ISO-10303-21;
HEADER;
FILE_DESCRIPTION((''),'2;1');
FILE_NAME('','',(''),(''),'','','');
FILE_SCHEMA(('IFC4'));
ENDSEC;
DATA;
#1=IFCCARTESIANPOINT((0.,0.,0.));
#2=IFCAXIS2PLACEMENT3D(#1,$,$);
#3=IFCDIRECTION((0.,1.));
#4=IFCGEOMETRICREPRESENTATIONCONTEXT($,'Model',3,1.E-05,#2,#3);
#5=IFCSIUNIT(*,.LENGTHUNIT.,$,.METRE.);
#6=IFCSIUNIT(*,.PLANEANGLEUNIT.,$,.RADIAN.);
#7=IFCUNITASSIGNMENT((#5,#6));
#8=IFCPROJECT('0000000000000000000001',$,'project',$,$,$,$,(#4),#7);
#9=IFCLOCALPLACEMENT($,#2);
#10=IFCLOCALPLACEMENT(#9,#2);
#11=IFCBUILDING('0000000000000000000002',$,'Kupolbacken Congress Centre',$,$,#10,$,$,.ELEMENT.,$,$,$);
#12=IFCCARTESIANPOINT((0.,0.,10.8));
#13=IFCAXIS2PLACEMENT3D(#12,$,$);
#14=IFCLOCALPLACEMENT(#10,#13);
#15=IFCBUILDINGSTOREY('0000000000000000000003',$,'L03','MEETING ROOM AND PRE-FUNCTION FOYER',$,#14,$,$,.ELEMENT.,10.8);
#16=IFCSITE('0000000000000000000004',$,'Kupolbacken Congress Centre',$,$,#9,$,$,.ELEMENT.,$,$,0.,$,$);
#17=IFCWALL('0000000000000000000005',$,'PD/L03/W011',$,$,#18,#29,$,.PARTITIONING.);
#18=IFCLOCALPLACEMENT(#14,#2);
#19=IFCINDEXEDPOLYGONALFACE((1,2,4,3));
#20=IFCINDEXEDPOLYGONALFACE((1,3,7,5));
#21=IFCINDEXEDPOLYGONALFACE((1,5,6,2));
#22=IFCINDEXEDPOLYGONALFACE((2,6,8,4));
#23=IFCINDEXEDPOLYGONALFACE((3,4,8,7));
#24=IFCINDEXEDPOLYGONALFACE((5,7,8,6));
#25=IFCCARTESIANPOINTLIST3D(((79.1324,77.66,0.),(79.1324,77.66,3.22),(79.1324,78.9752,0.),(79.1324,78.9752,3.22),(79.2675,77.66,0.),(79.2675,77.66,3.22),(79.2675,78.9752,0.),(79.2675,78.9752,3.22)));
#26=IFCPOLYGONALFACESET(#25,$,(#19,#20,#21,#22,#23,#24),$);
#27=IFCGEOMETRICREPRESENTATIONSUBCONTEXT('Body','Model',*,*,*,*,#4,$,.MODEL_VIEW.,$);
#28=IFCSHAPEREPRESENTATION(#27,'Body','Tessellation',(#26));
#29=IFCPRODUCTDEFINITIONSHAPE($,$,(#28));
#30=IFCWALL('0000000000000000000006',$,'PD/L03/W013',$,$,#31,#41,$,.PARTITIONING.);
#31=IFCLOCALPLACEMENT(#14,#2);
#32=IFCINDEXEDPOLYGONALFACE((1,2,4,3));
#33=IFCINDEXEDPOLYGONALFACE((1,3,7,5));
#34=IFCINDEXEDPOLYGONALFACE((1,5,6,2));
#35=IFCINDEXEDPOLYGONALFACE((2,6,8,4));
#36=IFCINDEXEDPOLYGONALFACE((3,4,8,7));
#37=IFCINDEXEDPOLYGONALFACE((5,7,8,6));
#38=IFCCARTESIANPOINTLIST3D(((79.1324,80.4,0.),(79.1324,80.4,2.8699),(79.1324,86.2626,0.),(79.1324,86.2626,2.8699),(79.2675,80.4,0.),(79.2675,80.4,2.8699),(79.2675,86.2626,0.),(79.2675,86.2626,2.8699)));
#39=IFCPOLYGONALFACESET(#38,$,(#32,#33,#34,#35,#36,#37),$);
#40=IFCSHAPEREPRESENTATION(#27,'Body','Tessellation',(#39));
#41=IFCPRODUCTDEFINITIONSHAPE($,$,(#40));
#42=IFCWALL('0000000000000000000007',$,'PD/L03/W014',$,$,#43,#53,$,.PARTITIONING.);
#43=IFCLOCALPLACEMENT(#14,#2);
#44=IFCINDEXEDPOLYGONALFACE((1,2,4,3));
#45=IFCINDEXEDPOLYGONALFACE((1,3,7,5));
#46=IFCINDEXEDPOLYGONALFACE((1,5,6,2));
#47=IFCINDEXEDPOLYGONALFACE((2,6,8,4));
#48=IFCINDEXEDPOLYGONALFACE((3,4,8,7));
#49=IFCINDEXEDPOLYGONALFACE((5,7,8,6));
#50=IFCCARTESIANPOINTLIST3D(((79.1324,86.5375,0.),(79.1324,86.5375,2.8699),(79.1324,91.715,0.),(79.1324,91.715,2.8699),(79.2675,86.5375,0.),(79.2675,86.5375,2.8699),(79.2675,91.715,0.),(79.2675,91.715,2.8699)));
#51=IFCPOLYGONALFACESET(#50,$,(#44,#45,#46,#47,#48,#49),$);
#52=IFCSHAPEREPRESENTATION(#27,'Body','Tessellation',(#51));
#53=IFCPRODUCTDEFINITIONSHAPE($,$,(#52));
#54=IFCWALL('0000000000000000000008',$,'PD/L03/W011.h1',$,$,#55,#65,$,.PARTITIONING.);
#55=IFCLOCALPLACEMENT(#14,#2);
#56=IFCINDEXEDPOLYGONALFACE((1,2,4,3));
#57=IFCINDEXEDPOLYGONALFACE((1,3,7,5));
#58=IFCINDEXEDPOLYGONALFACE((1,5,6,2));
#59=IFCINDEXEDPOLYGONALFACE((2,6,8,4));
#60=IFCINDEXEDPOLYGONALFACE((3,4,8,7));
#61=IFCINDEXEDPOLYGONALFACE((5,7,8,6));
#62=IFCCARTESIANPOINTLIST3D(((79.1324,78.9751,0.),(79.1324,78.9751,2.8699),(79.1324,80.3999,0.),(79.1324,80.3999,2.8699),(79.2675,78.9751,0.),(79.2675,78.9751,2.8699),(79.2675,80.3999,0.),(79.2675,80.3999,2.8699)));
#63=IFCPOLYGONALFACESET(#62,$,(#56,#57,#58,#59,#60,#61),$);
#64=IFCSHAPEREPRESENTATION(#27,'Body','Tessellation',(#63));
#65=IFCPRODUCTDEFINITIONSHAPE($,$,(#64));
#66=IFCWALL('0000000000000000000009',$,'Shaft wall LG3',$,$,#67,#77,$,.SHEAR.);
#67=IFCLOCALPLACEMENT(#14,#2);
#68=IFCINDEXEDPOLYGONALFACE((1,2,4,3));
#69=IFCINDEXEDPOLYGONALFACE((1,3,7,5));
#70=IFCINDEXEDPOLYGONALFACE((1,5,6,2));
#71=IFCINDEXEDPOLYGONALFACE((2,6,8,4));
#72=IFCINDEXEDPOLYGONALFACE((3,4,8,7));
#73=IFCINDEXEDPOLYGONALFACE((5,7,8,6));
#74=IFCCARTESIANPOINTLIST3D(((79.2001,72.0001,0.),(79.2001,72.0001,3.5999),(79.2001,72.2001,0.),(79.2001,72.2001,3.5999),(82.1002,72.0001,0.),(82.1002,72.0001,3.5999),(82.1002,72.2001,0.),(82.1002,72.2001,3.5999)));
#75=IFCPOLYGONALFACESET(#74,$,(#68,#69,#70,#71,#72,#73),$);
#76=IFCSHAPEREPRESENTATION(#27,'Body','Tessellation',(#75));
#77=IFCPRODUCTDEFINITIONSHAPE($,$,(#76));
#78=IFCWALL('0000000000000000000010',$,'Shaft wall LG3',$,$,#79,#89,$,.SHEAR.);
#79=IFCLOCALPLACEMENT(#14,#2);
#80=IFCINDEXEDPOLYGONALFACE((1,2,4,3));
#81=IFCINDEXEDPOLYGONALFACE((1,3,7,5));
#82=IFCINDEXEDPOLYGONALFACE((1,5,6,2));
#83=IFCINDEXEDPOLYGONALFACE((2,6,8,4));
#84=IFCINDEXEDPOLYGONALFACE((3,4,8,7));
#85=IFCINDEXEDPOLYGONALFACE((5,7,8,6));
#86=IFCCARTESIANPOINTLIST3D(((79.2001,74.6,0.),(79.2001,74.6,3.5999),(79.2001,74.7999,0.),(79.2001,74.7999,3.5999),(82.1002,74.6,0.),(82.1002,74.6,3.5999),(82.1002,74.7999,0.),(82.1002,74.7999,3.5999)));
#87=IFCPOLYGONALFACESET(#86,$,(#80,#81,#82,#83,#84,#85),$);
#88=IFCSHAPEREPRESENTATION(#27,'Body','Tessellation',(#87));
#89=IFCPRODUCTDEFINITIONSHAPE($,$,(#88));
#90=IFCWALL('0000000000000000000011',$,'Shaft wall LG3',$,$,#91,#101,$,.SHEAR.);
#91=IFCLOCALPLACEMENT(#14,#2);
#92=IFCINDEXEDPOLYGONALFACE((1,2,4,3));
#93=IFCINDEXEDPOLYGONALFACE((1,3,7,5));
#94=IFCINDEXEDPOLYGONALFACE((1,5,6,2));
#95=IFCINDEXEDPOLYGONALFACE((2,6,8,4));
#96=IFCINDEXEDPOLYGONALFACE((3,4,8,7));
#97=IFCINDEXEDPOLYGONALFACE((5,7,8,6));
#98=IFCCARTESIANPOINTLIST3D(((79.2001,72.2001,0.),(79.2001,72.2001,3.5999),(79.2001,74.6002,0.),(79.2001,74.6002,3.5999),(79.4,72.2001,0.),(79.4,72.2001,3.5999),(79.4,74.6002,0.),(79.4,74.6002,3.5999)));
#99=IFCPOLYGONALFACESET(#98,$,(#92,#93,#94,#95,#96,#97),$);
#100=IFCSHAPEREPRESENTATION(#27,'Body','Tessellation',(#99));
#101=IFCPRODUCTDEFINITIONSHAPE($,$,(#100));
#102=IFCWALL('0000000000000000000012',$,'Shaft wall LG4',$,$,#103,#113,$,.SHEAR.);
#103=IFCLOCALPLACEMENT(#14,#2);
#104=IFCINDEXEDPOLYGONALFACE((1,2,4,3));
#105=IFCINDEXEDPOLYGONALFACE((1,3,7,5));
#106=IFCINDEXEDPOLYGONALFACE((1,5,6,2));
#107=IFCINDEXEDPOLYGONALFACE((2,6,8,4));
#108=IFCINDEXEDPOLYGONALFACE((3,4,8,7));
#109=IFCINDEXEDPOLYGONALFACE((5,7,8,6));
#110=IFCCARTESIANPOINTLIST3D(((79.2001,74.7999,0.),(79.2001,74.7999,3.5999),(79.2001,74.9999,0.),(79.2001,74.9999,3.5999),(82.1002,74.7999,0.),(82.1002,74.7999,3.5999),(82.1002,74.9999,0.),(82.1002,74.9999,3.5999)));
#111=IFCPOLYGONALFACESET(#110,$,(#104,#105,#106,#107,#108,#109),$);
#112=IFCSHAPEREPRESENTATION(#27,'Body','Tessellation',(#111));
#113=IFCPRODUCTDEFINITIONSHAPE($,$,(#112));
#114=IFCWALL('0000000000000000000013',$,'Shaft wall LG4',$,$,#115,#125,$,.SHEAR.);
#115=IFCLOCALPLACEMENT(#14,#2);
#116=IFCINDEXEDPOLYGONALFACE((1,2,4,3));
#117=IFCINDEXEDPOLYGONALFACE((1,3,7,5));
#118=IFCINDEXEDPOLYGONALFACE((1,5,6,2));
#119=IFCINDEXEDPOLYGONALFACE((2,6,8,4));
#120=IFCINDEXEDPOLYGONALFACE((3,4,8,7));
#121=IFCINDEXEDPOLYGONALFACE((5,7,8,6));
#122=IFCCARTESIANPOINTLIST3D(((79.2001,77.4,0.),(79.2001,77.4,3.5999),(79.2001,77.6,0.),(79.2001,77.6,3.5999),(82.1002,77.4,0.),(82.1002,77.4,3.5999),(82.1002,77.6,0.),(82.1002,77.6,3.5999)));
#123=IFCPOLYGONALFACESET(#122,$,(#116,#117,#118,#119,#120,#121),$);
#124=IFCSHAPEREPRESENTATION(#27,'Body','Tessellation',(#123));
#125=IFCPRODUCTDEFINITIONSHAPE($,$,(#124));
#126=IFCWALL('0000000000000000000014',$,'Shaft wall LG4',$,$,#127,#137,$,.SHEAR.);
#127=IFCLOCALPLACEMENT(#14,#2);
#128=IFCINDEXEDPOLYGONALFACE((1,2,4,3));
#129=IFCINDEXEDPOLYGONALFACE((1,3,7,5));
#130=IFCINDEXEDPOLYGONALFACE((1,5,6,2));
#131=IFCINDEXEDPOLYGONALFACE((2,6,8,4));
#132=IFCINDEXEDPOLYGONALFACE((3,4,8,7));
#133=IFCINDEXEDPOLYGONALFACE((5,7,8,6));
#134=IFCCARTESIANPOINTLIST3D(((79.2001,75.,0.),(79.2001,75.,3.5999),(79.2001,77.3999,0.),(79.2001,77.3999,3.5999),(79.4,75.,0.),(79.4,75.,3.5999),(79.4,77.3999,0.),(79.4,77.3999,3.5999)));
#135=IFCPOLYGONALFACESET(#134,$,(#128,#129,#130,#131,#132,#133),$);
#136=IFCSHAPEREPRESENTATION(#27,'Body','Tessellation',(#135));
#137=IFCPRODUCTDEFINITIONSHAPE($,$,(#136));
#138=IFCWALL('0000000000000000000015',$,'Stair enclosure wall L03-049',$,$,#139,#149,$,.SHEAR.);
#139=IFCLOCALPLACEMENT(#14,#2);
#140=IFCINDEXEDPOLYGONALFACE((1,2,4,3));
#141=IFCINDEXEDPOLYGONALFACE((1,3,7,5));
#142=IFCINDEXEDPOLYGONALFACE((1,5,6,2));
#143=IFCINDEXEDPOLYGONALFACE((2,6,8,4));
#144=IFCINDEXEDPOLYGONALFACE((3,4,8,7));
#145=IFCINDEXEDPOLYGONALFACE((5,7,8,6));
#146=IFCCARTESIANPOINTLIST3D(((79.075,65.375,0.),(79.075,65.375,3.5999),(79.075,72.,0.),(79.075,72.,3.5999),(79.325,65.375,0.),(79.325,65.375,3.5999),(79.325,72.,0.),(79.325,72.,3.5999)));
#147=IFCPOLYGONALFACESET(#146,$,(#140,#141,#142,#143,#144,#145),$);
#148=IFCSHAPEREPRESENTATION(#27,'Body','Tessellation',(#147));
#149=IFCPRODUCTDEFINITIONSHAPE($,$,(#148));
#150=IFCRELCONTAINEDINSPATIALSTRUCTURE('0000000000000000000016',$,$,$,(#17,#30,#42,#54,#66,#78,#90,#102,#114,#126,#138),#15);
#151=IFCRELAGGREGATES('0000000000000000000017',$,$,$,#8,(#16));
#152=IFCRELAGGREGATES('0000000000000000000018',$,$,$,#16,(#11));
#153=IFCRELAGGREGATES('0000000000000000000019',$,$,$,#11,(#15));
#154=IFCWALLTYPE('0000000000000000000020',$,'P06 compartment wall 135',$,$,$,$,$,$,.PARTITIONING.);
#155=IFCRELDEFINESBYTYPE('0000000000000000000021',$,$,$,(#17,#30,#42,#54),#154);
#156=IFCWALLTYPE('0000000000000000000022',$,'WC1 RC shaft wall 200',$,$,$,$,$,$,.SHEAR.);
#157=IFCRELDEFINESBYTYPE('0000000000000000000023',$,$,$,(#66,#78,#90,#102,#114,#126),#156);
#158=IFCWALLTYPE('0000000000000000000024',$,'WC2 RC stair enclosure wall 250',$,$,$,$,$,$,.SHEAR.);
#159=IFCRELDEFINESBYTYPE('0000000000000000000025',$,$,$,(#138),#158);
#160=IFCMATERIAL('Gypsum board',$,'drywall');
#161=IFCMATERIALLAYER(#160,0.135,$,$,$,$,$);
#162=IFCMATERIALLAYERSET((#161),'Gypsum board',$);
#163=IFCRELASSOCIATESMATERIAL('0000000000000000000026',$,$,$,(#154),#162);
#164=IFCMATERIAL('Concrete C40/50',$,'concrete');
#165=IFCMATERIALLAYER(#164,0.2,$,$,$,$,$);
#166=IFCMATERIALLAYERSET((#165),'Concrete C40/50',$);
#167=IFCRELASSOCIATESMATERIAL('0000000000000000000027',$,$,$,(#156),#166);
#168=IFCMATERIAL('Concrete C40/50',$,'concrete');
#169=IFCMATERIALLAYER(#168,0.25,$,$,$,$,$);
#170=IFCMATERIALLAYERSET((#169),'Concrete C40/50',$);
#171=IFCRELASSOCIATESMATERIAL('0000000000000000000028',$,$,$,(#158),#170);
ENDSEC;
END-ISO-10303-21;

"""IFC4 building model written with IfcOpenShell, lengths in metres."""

from ifc_helpers import new_model, si_unit, direction, frame, frame_2d, origin, place, context, subcontext, project, spatial, rectangle, extrude, material, layer, layer_set, type_object, element, save


model = new_model("IFC4")

# Units and contexts
model_context = context("Model", 3, precision=1e-05, world=origin(), true_north=direction((0.0, 1.0)))
body_context = subcontext(model_context, "Body", "Model", "MODEL_VIEW")
ifc_project = project(units=[si_unit("LENGTHUNIT", "METRE"), si_unit("PLANEANGLEUNIT", "RADIAN")], contexts=[model_context])

# Site, building, storey
site_placement = place(None, origin())
site = spatial("IfcSite", under=ifc_project, at=site_placement, Name="Kupolbacken Congress Centre", CompositionType="ELEMENT", RefElevation=0.0)
building_placement = place(site_placement, origin())
building = spatial("IfcBuilding", under=site, at=building_placement, Name="Kupolbacken Congress Centre", CompositionType="ELEMENT")
storey_placement = place(building_placement, frame((0.0, 0.0, 10.8)))
storey = spatial("IfcBuildingStorey", under=building, at=storey_placement, Name="L03", Description="MEETING ROOM AND PRE-FUNCTION FOYER", CompositionType="ELEMENT", Elevation=10.8)

# Walls
ifc_material_1 = material(Name="Gypsum board", Category="drywall")
ifc_layer_1 = layer(ifc_material_1, 0.135)
ifc_layer_set_1 = layer_set([ifc_layer_1], Name="Gypsum board")
wall_type_1 = type_object("IfcWallType", Name="P06 compartment wall 135", PredefinedType="PARTITIONING", material=ifc_layer_set_1)
wall_1_placement = place(storey_placement, frame((79.2, 77.6599, 0.0), z_axis=(0.0, 0.0, 1.0), x_axis=(0.0, 1.0, 0.0)))
element("IfcWall", 1, at=wall_1_placement, inside=storey, type_object=wall_type_1, Name="PD/L03/W011", PredefinedType="PARTITIONING", context=body_context, shape_type="SweptSolid", body=[
    extrude(rectangle(XDim=1.3152, YDim=0.135, at=frame_2d((0.6577, 0.0))), origin(), (0.0, 0.0, 1.0), 3.22),
])
wall_2_placement = place(storey_placement, frame((79.2, 86.2625, 0.0), z_axis=(0.0, 0.0, 1.0), x_axis=(0.0, -1.0, 0.0)))
element("IfcWall", 2, at=wall_2_placement, inside=storey, type_object=wall_type_1, Name="PD/L03/W013", PredefinedType="PARTITIONING", context=body_context, shape_type="SweptSolid", body=[
    extrude(rectangle(XDim=5.8625, YDim=0.135, at=frame_2d((2.9312, 0.0))), origin(), (0.0, 0.0, 1.0), 2.8699),
])
wall_3_placement = place(storey_placement, frame((79.2, 91.7151, 0.0), z_axis=(0.0, 0.0, 1.0), x_axis=(0.0, -1.0, 0.0)))
element("IfcWall", 3, at=wall_3_placement, inside=storey, type_object=wall_type_1, Name="PD/L03/W014", PredefinedType="PARTITIONING", context=body_context, shape_type="SweptSolid", body=[
    extrude(rectangle(XDim=5.1775, YDim=0.135, at=frame_2d((2.5889, 0.0))), origin(), (0.0, 0.0, 1.0), 2.8699),
])
wall_4_placement = place(storey_placement, frame((79.2, 78.9751, 0.0), z_axis=(0.0, 0.0, 1.0), x_axis=(0.0, 1.0, 0.0)))
element("IfcWall", 4, at=wall_4_placement, inside=storey, type_object=wall_type_1, Name="PD/L03/W011.h1", PredefinedType="PARTITIONING", context=body_context, shape_type="SweptSolid", body=[
    extrude(rectangle(XDim=1.4248, YDim=0.135, at=frame_2d((0.7124, 0.0))), origin(), (0.0, 0.0, 1.0), 2.8699),
])
ifc_material_2 = material(Name="Concrete C40/50", Category="concrete")
ifc_layer_2 = layer(ifc_material_2, 0.2)
ifc_layer_set_2 = layer_set([ifc_layer_2], Name="Concrete C40/50")
wall_type_2 = type_object("IfcWallType", Name="WC1 RC shaft wall 200", PredefinedType="SHEAR", material=ifc_layer_set_2)
for number, where, z_axis, x_axis, name in (
    (5, (79.2, 72.1001, 0.0), (0.0, 0.0, 1.0), (1.0, 0.0, 0.0), "Shaft wall LG3"),
    (6, (79.2, 74.7, 0.0), (0.0, 0.0, 1.0), (1.0, 0.0, 0.0), "Shaft wall LG3"),
):
    element("IfcWall", number, at=place(storey_placement, frame(where, z_axis=z_axis, x_axis=x_axis)), inside=storey, type_object=wall_type_2, Name=name, PredefinedType="SHEAR", context=body_context, shape_type="SweptSolid", body=[
        extrude(rectangle(XDim=2.9001, YDim=0.2, at=frame_2d((1.4502, 0.0))), origin(), (0.0, 0.0, 1.0), 3.5999),
    ])
wall_5_placement = place(storey_placement, frame((79.3, 72.2, 0.0), z_axis=(0.0, 0.0, 1.0), x_axis=(0.0, 1.0, 0.0)))
element("IfcWall", 7, at=wall_5_placement, inside=storey, type_object=wall_type_2, Name="Shaft wall LG3", PredefinedType="SHEAR", context=body_context, shape_type="SweptSolid", body=[
    extrude(rectangle(XDim=2.4001, YDim=0.2, at=frame_2d((1.2002, 0.0))), origin(), (0.0, 0.0, 1.0), 3.5999),
])
for number, where, z_axis, x_axis, name in (
    (8, (79.2, 74.8999, 0.0), (0.0, 0.0, 1.0), (1.0, 0.0, 0.0), "Shaft wall LG4"),
    (9, (79.2, 77.5, 0.0), (0.0, 0.0, 1.0), (1.0, 0.0, 0.0), "Shaft wall LG4"),
):
    element("IfcWall", number, at=place(storey_placement, frame(where, z_axis=z_axis, x_axis=x_axis)), inside=storey, type_object=wall_type_2, Name=name, PredefinedType="SHEAR", context=body_context, shape_type="SweptSolid", body=[
        extrude(rectangle(XDim=2.9001, YDim=0.2, at=frame_2d((1.4502, 0.0))), origin(), (0.0, 0.0, 1.0), 3.5999),
    ])
wall_6_placement = place(storey_placement, frame((79.3, 75.0, 0.0), z_axis=(0.0, 0.0, 1.0), x_axis=(0.0, 1.0, 0.0)))
element("IfcWall", 10, at=wall_6_placement, inside=storey, type_object=wall_type_2, Name="Shaft wall LG4", PredefinedType="SHEAR", context=body_context, shape_type="SweptSolid", body=[
    extrude(rectangle(XDim=2.3999, YDim=0.2, at=frame_2d((1.2, 0.0))), origin(), (0.0, 0.0, 1.0), 3.5999),
])
ifc_material_3 = material(Name="Concrete C40/50", Category="concrete")
ifc_layer_3 = layer(ifc_material_3, 0.25)
ifc_layer_set_3 = layer_set([ifc_layer_3], Name="Concrete C40/50")
wall_type_3 = type_object("IfcWallType", Name="WC2 RC stair enclosure wall 250", PredefinedType="SHEAR", material=ifc_layer_set_3)
wall_7_placement = place(storey_placement, frame((79.2, 72.0, 0.0), z_axis=(0.0, 0.0, 1.0), x_axis=(0.0, -1.0, 0.0)))
element("IfcWall", 11, at=wall_7_placement, inside=storey, type_object=wall_type_3, Name="Stair enclosure wall L03-049", PredefinedType="SHEAR", context=body_context, shape_type="SweptSolid", body=[
    extrude(rectangle(XDim=6.625, YDim=0.25, at=frame_2d((3.3125, 0.0))), origin(), (0.0, 0.0, 1.0), 3.5999),
])

save(model, "model.ifc")
